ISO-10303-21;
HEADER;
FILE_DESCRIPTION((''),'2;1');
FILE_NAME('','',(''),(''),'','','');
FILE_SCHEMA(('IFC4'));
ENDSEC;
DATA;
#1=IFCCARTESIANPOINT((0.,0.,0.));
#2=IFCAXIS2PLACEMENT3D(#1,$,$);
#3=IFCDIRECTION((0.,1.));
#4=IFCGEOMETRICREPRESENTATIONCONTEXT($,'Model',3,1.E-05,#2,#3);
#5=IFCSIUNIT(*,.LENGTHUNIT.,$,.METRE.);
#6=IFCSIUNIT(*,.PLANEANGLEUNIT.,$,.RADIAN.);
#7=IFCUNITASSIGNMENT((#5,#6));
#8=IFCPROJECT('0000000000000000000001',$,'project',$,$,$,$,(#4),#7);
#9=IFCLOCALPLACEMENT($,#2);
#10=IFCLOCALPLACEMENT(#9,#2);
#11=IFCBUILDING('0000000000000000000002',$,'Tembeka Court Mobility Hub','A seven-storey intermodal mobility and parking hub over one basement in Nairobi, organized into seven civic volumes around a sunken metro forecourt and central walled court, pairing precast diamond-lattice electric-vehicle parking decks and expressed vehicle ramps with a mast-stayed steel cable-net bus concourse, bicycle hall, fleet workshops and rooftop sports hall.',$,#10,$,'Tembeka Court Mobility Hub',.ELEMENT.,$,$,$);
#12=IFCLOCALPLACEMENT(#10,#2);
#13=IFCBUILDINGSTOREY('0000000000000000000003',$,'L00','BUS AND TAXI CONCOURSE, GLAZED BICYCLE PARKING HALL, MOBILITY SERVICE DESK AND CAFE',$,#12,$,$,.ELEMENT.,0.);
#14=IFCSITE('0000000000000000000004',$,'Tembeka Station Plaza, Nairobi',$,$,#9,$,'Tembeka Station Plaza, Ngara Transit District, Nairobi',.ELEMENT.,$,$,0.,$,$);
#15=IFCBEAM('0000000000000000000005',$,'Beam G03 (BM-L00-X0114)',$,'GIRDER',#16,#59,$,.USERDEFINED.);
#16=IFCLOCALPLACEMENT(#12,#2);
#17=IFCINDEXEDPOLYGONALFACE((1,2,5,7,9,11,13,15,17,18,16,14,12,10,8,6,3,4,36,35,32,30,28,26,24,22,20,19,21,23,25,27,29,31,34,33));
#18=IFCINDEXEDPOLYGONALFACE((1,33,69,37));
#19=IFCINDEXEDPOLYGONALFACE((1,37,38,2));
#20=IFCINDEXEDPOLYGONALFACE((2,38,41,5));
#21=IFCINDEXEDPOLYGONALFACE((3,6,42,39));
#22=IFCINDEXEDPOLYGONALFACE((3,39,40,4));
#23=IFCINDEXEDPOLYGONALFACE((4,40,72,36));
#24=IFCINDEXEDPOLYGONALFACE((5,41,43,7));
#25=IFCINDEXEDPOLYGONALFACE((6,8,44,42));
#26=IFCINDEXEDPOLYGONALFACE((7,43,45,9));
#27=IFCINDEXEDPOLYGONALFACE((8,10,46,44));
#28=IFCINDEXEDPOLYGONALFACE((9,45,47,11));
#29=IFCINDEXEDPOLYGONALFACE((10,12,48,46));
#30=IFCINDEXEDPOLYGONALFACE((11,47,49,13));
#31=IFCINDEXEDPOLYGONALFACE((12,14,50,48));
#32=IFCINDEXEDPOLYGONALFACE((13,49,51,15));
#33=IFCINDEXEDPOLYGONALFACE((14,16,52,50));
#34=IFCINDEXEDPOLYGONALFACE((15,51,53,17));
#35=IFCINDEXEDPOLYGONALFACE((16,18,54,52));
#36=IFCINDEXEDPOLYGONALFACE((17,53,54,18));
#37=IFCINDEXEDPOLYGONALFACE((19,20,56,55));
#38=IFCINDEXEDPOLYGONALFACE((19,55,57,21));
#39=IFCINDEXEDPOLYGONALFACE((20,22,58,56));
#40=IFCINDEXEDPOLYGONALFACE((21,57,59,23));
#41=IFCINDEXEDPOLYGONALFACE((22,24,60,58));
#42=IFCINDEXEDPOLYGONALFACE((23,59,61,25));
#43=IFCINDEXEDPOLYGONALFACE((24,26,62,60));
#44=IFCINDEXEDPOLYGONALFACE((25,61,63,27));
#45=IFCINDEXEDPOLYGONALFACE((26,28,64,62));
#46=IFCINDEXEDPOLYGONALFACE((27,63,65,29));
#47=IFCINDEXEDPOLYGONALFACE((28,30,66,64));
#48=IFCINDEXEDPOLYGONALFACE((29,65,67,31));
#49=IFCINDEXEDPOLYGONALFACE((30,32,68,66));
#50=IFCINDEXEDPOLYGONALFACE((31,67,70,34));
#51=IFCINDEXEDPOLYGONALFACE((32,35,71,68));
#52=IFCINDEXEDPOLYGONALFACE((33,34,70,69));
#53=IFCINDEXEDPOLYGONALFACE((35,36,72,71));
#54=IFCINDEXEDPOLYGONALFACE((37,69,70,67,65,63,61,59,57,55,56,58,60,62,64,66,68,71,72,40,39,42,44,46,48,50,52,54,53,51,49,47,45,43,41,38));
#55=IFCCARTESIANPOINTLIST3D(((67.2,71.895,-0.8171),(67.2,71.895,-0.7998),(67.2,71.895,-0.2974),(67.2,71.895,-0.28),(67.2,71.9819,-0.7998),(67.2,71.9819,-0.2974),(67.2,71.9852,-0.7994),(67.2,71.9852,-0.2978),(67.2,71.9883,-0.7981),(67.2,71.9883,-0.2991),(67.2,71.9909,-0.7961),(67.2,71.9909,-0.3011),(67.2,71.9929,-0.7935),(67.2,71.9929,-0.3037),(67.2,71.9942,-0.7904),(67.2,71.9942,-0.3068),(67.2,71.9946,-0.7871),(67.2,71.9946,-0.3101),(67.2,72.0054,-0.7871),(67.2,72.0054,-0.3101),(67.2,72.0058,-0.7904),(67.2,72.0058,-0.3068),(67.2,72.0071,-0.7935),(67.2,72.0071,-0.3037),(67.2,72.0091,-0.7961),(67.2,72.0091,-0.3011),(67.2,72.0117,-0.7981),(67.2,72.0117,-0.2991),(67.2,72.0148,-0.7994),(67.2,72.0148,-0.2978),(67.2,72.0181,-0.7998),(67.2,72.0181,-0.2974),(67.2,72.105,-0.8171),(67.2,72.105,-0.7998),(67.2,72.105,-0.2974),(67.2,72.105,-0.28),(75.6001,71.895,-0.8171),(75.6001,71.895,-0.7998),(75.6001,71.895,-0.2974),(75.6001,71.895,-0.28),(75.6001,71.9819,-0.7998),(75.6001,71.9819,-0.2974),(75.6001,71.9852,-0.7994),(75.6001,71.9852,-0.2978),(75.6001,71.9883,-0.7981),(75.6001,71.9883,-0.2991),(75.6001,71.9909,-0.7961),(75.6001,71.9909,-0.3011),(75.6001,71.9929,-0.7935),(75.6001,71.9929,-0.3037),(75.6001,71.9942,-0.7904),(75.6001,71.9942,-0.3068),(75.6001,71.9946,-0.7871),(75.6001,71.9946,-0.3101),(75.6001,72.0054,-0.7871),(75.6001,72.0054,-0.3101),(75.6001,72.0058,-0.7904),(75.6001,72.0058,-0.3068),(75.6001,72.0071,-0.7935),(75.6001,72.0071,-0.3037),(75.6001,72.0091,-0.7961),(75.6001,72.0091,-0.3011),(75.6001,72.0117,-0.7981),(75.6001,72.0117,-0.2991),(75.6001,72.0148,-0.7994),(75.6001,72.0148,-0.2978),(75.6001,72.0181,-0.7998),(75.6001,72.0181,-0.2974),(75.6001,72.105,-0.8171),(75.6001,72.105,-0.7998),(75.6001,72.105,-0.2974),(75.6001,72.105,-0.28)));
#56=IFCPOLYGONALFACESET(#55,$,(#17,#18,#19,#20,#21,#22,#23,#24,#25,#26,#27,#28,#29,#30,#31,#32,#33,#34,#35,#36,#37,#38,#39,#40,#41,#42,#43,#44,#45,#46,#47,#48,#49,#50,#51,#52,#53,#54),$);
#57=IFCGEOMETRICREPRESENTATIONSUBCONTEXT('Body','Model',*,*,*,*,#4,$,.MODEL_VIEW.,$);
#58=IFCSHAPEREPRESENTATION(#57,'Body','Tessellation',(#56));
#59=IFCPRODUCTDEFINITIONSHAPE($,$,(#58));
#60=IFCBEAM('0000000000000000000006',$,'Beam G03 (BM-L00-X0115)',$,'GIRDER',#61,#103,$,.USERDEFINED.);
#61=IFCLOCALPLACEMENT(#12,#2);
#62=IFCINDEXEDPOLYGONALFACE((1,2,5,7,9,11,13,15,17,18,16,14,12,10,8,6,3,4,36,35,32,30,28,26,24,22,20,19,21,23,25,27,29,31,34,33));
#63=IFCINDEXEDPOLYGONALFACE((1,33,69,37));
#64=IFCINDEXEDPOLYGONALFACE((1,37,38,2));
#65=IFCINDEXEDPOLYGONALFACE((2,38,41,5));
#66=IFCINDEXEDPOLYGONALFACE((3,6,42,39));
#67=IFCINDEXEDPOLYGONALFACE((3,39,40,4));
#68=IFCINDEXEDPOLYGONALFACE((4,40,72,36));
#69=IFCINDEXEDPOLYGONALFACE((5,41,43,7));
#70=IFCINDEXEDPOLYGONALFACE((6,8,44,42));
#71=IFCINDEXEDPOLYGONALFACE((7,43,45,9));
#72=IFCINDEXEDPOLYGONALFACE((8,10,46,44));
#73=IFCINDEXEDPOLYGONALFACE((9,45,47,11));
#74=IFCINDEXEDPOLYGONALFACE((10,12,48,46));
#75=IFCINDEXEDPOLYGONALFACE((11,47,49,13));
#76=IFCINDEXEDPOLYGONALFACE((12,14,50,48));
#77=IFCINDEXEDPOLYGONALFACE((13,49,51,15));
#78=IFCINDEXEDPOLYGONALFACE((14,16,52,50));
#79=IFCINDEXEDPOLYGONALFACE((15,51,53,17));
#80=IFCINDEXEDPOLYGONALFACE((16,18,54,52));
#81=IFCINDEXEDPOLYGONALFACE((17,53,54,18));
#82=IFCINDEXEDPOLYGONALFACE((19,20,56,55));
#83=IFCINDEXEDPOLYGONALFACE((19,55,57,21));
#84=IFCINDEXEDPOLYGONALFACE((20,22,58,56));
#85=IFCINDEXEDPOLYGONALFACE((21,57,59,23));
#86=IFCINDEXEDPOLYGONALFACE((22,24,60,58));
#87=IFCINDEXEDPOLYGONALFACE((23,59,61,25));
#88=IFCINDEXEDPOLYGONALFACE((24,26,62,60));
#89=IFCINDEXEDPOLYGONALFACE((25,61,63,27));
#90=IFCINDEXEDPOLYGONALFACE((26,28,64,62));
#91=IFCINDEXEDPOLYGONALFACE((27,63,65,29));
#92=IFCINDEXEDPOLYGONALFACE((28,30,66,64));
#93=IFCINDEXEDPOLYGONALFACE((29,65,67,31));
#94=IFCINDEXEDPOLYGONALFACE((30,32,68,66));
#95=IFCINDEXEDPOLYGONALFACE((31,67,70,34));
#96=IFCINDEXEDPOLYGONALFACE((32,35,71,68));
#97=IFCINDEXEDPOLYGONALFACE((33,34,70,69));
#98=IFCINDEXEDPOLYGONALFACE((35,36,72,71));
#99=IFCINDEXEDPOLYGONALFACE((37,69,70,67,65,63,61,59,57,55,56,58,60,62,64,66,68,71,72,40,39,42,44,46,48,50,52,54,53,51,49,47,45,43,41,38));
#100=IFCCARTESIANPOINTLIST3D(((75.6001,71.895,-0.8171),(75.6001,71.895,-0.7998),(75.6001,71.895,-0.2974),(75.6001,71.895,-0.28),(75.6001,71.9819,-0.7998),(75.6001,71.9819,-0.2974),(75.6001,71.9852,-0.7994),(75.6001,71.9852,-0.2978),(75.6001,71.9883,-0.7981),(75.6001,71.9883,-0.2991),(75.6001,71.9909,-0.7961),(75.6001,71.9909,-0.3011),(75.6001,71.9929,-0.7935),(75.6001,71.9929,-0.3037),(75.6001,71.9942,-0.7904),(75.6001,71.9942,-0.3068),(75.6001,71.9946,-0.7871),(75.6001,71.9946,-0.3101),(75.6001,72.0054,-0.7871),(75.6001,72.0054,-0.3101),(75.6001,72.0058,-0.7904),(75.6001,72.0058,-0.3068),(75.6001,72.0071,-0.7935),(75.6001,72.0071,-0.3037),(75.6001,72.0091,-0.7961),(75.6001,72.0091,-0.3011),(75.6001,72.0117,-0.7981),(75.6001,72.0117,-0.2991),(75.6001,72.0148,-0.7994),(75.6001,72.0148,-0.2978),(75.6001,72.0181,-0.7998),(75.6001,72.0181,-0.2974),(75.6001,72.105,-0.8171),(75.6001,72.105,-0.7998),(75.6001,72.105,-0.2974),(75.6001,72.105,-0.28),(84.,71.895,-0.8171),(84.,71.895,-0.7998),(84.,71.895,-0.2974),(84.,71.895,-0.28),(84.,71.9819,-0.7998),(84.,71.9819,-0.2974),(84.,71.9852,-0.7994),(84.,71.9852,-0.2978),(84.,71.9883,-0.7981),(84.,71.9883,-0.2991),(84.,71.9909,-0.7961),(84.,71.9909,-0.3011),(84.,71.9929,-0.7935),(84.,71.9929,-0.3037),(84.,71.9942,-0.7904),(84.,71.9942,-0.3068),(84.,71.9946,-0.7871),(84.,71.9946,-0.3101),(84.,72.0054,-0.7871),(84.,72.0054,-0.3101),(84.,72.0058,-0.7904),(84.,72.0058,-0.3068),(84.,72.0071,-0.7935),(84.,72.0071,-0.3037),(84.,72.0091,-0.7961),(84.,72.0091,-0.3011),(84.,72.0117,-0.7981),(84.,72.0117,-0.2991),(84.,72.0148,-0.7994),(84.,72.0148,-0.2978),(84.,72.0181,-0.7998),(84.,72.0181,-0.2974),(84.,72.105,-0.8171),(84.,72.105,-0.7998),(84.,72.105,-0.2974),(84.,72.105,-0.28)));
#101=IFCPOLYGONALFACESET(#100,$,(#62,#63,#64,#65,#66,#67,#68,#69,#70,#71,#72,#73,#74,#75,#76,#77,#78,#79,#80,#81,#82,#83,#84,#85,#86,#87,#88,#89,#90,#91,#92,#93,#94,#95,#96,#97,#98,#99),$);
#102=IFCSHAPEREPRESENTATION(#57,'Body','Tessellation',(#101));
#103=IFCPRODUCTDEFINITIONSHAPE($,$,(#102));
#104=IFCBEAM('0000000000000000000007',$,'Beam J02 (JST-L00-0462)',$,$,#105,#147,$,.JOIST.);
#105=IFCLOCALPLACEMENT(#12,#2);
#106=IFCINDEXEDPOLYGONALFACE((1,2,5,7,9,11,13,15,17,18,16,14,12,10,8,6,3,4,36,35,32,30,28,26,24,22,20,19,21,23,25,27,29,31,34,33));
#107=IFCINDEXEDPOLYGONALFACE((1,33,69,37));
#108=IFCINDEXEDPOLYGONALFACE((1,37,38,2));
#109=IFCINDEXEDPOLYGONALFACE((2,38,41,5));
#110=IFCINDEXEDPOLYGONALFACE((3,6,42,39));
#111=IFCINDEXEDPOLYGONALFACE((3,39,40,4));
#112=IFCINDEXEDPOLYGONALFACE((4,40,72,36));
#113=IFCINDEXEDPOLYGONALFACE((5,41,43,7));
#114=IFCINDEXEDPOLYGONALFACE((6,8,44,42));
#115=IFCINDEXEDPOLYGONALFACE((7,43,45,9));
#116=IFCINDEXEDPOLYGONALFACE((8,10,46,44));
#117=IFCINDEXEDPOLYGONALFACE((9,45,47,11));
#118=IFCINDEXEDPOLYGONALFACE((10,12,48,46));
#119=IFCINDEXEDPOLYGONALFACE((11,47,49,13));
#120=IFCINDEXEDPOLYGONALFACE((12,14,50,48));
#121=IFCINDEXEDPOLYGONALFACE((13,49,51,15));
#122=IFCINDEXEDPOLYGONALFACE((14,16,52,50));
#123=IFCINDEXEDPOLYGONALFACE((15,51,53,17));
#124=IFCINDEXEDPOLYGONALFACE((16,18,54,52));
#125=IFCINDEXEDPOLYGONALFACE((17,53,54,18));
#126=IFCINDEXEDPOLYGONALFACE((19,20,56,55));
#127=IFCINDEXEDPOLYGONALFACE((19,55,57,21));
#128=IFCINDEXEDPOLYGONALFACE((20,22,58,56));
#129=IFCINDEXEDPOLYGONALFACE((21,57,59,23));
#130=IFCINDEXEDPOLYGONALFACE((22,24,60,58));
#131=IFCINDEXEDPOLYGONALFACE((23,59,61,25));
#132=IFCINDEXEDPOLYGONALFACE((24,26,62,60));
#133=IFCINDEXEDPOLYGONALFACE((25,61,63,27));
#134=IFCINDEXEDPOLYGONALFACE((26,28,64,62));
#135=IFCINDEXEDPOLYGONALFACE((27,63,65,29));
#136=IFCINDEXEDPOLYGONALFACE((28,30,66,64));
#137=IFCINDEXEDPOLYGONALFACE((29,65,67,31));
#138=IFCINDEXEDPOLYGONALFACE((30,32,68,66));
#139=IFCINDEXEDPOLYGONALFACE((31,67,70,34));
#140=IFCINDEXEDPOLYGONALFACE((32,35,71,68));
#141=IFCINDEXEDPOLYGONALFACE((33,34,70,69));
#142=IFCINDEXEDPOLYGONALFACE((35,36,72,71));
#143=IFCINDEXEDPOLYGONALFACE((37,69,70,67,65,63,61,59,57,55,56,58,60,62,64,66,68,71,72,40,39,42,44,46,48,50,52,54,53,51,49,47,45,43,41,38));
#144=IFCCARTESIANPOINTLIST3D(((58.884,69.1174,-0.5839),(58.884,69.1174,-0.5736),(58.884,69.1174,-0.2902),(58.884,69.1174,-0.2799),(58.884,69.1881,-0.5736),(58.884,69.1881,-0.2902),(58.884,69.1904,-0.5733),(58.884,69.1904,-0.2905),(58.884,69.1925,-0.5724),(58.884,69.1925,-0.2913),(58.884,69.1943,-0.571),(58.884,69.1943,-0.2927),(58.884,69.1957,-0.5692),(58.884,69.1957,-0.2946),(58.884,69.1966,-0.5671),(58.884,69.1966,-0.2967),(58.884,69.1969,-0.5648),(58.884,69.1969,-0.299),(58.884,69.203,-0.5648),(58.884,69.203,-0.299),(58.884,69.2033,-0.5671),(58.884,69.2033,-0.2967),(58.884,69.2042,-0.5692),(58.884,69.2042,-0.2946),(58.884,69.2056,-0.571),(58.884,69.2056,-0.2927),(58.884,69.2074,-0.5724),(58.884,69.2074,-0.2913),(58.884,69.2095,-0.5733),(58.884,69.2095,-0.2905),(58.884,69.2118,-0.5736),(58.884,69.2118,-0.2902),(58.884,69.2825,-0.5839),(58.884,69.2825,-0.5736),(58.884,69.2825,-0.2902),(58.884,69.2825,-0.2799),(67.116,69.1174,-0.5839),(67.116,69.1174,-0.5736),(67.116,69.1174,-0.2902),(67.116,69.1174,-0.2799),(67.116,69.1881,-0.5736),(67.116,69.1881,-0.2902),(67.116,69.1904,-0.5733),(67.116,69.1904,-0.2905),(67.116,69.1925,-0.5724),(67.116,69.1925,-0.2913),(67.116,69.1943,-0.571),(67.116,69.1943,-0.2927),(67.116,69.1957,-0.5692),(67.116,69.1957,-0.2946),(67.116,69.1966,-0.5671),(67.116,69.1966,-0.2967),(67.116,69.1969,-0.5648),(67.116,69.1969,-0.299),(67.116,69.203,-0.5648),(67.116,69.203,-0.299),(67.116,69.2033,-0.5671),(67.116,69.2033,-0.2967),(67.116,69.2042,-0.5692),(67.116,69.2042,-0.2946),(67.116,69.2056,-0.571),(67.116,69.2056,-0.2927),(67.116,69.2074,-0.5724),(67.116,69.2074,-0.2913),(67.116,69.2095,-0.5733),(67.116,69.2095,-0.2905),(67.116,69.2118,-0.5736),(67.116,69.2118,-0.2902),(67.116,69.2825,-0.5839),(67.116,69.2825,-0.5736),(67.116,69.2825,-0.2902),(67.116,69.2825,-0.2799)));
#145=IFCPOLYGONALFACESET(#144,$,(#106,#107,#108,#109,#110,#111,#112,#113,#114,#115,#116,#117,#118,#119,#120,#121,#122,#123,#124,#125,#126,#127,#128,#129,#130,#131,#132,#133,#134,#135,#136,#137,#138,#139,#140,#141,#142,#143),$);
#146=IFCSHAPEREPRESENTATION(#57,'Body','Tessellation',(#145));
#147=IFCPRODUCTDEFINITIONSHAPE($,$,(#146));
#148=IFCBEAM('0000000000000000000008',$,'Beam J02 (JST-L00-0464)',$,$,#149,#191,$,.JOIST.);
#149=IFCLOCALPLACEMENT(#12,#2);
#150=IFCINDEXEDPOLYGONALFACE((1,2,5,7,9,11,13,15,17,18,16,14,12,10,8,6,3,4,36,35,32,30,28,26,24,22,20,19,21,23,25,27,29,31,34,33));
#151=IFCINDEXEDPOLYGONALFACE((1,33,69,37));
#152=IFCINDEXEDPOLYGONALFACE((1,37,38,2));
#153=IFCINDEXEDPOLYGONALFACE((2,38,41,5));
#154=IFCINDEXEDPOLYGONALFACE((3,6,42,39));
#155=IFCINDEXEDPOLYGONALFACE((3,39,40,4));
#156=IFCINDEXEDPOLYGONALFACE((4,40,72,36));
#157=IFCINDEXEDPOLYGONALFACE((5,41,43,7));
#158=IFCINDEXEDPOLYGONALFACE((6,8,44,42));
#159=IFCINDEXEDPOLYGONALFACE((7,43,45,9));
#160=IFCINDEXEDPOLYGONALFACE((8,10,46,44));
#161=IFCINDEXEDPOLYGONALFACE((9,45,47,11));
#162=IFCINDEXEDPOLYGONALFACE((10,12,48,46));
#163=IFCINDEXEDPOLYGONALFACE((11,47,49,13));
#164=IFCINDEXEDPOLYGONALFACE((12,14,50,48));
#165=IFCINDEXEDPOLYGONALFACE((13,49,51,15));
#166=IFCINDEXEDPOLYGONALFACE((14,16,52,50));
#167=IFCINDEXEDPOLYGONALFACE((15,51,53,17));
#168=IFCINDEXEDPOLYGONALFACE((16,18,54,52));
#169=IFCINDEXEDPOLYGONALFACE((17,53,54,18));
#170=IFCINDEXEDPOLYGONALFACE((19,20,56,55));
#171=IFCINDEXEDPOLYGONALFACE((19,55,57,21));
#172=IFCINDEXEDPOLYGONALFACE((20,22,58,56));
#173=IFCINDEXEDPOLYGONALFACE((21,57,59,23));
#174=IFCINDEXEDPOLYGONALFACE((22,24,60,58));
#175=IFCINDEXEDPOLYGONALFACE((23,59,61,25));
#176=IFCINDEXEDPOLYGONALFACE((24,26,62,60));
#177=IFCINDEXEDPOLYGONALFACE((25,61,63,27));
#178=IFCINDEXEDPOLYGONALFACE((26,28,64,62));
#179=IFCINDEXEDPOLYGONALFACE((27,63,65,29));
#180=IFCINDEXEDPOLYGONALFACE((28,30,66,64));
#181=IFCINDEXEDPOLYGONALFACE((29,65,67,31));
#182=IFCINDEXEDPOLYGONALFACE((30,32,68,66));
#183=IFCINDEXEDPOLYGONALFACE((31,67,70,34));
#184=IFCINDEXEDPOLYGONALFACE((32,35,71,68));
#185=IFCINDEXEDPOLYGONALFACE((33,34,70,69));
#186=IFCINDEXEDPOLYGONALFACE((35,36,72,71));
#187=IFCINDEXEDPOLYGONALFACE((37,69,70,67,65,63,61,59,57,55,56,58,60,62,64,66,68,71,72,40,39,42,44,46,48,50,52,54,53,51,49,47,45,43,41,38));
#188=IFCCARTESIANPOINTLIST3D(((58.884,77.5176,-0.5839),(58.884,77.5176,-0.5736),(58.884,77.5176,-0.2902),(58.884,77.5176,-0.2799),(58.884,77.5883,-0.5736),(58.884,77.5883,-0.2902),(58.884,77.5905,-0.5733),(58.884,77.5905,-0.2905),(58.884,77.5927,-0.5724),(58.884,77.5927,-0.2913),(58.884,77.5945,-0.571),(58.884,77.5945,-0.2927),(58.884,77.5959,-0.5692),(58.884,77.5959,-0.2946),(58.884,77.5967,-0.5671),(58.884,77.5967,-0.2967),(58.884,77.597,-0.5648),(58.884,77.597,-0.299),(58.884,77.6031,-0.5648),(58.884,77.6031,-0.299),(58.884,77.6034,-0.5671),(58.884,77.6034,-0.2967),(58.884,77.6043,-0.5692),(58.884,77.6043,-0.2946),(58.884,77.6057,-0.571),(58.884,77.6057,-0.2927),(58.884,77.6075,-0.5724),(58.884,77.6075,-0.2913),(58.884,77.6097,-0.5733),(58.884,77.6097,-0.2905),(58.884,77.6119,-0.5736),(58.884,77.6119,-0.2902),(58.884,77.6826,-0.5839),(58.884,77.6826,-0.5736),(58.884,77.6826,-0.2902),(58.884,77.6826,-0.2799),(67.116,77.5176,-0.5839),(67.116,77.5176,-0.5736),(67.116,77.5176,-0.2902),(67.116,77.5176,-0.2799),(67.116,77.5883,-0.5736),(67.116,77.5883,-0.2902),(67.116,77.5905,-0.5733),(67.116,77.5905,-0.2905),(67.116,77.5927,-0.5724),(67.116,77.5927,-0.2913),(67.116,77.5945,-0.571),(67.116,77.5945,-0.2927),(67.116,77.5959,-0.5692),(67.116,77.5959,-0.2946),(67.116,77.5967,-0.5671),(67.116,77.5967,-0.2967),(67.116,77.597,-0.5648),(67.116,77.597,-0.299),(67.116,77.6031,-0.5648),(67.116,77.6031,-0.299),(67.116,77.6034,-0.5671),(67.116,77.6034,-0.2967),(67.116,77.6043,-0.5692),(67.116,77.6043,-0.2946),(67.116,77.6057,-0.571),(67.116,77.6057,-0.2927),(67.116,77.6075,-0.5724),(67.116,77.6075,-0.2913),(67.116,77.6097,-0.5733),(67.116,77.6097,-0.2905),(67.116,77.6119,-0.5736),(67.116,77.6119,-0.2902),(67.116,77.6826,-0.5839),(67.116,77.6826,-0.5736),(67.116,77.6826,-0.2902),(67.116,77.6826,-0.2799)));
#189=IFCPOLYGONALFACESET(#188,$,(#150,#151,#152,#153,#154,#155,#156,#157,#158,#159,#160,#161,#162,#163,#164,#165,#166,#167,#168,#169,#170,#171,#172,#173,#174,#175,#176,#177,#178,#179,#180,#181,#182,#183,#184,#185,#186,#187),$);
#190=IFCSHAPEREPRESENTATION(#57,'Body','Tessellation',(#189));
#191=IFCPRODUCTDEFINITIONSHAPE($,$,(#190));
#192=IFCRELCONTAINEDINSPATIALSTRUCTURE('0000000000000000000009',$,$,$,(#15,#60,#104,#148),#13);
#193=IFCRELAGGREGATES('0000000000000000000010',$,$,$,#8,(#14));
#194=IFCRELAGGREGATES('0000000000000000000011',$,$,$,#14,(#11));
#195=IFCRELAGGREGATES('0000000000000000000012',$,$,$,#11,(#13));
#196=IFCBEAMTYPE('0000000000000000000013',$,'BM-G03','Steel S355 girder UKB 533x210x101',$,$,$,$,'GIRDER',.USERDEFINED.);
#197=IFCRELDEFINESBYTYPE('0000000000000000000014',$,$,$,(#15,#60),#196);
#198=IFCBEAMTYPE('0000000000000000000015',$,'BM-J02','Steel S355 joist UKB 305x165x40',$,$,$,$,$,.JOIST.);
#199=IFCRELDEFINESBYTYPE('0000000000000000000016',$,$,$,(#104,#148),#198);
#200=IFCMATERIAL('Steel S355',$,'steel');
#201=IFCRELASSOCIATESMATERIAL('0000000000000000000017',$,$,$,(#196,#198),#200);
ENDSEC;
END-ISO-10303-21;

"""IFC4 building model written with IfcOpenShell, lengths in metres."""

from ifc_helpers import new_model, si_unit, direction, frame, origin, origin_2d, place, context, subcontext, project, spatial, i_section, extrude, material, material_profile, profile_set, type_object, element, save


model = new_model("IFC4")

# Units and contexts
model_context = context("Model", 3, precision=1e-05, world=origin(), true_north=direction((0.0, 1.0)))
body_context = subcontext(model_context, "Body", "Model", "MODEL_VIEW")
ifc_project = project(units=[si_unit("LENGTHUNIT", "METRE"), si_unit("PLANEANGLEUNIT", "RADIAN")], contexts=[model_context])

# Site, building, storey
site_placement = place(None, origin())
site = spatial("IfcSite", under=ifc_project, at=site_placement, Name="Tembeka Station Plaza, Nairobi", LongName="Tembeka Station Plaza, Ngara Transit District, Nairobi", CompositionType="ELEMENT", RefElevation=0.0)
building_placement = place(site_placement, origin())
building = spatial("IfcBuilding", under=site, at=building_placement, Name="Tembeka Court Mobility Hub", Description="A seven-storey intermodal mobility and parking hub over one basement in Nairobi, organized into seven civic volumes around a sunken metro forecourt and central walled court, pairing precast diamond-lattice electric-vehicle parking decks and expressed vehicle ramps with a mast-stayed steel cable-net bus concourse, bicycle hall, fleet workshops and rooftop sports hall.", LongName="Tembeka Court Mobility Hub", CompositionType="ELEMENT")
storey_placement = place(building_placement, origin())
storey = spatial("IfcBuildingStorey", under=building, at=storey_placement, Name="L00", Description="BUS AND TAXI CONCOURSE, GLAZED BICYCLE PARKING HALL, MOBILITY SERVICE DESK AND CAFE", CompositionType="ELEMENT", Elevation=0.0)

# Shared definitions
ifc_material = material(Name="Steel S355", Category="steel")

# Beams
ifc_material_profile_1 = material_profile(ifc_material, i_section(OverallWidth=0.21, OverallDepth=0.5371, WebThickness=0.0107, FlangeThickness=0.0173, FilletRadius=0.0127, at=origin_2d()), Name="UKB 533x210x101")
ifc_profile_set_1 = profile_set([ifc_material_profile_1], Name="Steel S355")
beam_type_1 = type_object("IfcBeamType", Name="BM-G03", Description="Steel S355 girder UKB 533x210x101", ElementType="GIRDER", PredefinedType="USERDEFINED", material=ifc_profile_set_1)
beam_1_placement = place(storey_placement, frame((67.2, 72.0, -0.5486), z_axis=(1.0, 0.0, 0.0), x_axis=(0.0, 1.0, 0.0)))
element("IfcBeam", 1, at=beam_1_placement, inside=storey, type_object=beam_type_1, Name="Beam G03 (BM-L00-X0114)", ObjectType="GIRDER", PredefinedType="USERDEFINED", context=body_context, shape_type="SweptSolid", body=[
    extrude(i_section(OverallWidth=0.21, OverallDepth=0.5371, WebThickness=0.0107, FlangeThickness=0.0173, FilletRadius=0.0127, at=origin_2d()), origin(), (0.0, 0.0, 1.0), 8.4001),
])
beam_2_placement = place(storey_placement, frame((75.6001, 72.0, -0.5486), z_axis=(1.0, 0.0, 0.0), x_axis=(0.0, 1.0, 0.0)))
element("IfcBeam", 2, at=beam_2_placement, inside=storey, type_object=beam_type_1, Name="Beam G03 (BM-L00-X0115)", ObjectType="GIRDER", PredefinedType="USERDEFINED", context=body_context, shape_type="SweptSolid", body=[
    extrude(i_section(OverallWidth=0.21, OverallDepth=0.5371, WebThickness=0.0107, FlangeThickness=0.0173, FilletRadius=0.0127, at=origin_2d()), origin(), (0.0, 0.0, 1.0), 8.3999),
])
ifc_material_profile_2 = material_profile(ifc_material, i_section(OverallWidth=0.165, OverallDepth=0.304, WebThickness=0.0061, FlangeThickness=0.0103, FilletRadius=0.0088, at=origin_2d()), Name="UKB 305x165x40")
ifc_profile_set_2 = profile_set([ifc_material_profile_2], Name="Steel S355")
beam_type_2 = type_object("IfcBeamType", Name="BM-J02", Description="Steel S355 joist UKB 305x165x40", PredefinedType="JOIST", material=ifc_profile_set_2)
for number, where, z_axis, x_axis, name in (
    (3, (58.884, 69.2, -0.4319), (1.0, 0.0, 0.0), (0.0, 1.0, 0.0), "Beam J02 (JST-L00-0462)"),
    (4, (58.884, 77.6001, -0.4319), (1.0, 0.0, 0.0), (0.0, 1.0, 0.0), "Beam J02 (JST-L00-0464)"),
):
    element("IfcBeam", number, at=place(storey_placement, frame(where, z_axis=z_axis, x_axis=x_axis)), inside=storey, type_object=beam_type_2, Name=name, PredefinedType="JOIST", context=body_context, shape_type="SweptSolid", body=[
        extrude(i_section(OverallWidth=0.165, OverallDepth=0.304, WebThickness=0.0061, FlangeThickness=0.0103, FilletRadius=0.0088, at=origin_2d()), origin(), (0.0, 0.0, 1.0), 8.2319),
    ])

save(model, "model.ifc")
